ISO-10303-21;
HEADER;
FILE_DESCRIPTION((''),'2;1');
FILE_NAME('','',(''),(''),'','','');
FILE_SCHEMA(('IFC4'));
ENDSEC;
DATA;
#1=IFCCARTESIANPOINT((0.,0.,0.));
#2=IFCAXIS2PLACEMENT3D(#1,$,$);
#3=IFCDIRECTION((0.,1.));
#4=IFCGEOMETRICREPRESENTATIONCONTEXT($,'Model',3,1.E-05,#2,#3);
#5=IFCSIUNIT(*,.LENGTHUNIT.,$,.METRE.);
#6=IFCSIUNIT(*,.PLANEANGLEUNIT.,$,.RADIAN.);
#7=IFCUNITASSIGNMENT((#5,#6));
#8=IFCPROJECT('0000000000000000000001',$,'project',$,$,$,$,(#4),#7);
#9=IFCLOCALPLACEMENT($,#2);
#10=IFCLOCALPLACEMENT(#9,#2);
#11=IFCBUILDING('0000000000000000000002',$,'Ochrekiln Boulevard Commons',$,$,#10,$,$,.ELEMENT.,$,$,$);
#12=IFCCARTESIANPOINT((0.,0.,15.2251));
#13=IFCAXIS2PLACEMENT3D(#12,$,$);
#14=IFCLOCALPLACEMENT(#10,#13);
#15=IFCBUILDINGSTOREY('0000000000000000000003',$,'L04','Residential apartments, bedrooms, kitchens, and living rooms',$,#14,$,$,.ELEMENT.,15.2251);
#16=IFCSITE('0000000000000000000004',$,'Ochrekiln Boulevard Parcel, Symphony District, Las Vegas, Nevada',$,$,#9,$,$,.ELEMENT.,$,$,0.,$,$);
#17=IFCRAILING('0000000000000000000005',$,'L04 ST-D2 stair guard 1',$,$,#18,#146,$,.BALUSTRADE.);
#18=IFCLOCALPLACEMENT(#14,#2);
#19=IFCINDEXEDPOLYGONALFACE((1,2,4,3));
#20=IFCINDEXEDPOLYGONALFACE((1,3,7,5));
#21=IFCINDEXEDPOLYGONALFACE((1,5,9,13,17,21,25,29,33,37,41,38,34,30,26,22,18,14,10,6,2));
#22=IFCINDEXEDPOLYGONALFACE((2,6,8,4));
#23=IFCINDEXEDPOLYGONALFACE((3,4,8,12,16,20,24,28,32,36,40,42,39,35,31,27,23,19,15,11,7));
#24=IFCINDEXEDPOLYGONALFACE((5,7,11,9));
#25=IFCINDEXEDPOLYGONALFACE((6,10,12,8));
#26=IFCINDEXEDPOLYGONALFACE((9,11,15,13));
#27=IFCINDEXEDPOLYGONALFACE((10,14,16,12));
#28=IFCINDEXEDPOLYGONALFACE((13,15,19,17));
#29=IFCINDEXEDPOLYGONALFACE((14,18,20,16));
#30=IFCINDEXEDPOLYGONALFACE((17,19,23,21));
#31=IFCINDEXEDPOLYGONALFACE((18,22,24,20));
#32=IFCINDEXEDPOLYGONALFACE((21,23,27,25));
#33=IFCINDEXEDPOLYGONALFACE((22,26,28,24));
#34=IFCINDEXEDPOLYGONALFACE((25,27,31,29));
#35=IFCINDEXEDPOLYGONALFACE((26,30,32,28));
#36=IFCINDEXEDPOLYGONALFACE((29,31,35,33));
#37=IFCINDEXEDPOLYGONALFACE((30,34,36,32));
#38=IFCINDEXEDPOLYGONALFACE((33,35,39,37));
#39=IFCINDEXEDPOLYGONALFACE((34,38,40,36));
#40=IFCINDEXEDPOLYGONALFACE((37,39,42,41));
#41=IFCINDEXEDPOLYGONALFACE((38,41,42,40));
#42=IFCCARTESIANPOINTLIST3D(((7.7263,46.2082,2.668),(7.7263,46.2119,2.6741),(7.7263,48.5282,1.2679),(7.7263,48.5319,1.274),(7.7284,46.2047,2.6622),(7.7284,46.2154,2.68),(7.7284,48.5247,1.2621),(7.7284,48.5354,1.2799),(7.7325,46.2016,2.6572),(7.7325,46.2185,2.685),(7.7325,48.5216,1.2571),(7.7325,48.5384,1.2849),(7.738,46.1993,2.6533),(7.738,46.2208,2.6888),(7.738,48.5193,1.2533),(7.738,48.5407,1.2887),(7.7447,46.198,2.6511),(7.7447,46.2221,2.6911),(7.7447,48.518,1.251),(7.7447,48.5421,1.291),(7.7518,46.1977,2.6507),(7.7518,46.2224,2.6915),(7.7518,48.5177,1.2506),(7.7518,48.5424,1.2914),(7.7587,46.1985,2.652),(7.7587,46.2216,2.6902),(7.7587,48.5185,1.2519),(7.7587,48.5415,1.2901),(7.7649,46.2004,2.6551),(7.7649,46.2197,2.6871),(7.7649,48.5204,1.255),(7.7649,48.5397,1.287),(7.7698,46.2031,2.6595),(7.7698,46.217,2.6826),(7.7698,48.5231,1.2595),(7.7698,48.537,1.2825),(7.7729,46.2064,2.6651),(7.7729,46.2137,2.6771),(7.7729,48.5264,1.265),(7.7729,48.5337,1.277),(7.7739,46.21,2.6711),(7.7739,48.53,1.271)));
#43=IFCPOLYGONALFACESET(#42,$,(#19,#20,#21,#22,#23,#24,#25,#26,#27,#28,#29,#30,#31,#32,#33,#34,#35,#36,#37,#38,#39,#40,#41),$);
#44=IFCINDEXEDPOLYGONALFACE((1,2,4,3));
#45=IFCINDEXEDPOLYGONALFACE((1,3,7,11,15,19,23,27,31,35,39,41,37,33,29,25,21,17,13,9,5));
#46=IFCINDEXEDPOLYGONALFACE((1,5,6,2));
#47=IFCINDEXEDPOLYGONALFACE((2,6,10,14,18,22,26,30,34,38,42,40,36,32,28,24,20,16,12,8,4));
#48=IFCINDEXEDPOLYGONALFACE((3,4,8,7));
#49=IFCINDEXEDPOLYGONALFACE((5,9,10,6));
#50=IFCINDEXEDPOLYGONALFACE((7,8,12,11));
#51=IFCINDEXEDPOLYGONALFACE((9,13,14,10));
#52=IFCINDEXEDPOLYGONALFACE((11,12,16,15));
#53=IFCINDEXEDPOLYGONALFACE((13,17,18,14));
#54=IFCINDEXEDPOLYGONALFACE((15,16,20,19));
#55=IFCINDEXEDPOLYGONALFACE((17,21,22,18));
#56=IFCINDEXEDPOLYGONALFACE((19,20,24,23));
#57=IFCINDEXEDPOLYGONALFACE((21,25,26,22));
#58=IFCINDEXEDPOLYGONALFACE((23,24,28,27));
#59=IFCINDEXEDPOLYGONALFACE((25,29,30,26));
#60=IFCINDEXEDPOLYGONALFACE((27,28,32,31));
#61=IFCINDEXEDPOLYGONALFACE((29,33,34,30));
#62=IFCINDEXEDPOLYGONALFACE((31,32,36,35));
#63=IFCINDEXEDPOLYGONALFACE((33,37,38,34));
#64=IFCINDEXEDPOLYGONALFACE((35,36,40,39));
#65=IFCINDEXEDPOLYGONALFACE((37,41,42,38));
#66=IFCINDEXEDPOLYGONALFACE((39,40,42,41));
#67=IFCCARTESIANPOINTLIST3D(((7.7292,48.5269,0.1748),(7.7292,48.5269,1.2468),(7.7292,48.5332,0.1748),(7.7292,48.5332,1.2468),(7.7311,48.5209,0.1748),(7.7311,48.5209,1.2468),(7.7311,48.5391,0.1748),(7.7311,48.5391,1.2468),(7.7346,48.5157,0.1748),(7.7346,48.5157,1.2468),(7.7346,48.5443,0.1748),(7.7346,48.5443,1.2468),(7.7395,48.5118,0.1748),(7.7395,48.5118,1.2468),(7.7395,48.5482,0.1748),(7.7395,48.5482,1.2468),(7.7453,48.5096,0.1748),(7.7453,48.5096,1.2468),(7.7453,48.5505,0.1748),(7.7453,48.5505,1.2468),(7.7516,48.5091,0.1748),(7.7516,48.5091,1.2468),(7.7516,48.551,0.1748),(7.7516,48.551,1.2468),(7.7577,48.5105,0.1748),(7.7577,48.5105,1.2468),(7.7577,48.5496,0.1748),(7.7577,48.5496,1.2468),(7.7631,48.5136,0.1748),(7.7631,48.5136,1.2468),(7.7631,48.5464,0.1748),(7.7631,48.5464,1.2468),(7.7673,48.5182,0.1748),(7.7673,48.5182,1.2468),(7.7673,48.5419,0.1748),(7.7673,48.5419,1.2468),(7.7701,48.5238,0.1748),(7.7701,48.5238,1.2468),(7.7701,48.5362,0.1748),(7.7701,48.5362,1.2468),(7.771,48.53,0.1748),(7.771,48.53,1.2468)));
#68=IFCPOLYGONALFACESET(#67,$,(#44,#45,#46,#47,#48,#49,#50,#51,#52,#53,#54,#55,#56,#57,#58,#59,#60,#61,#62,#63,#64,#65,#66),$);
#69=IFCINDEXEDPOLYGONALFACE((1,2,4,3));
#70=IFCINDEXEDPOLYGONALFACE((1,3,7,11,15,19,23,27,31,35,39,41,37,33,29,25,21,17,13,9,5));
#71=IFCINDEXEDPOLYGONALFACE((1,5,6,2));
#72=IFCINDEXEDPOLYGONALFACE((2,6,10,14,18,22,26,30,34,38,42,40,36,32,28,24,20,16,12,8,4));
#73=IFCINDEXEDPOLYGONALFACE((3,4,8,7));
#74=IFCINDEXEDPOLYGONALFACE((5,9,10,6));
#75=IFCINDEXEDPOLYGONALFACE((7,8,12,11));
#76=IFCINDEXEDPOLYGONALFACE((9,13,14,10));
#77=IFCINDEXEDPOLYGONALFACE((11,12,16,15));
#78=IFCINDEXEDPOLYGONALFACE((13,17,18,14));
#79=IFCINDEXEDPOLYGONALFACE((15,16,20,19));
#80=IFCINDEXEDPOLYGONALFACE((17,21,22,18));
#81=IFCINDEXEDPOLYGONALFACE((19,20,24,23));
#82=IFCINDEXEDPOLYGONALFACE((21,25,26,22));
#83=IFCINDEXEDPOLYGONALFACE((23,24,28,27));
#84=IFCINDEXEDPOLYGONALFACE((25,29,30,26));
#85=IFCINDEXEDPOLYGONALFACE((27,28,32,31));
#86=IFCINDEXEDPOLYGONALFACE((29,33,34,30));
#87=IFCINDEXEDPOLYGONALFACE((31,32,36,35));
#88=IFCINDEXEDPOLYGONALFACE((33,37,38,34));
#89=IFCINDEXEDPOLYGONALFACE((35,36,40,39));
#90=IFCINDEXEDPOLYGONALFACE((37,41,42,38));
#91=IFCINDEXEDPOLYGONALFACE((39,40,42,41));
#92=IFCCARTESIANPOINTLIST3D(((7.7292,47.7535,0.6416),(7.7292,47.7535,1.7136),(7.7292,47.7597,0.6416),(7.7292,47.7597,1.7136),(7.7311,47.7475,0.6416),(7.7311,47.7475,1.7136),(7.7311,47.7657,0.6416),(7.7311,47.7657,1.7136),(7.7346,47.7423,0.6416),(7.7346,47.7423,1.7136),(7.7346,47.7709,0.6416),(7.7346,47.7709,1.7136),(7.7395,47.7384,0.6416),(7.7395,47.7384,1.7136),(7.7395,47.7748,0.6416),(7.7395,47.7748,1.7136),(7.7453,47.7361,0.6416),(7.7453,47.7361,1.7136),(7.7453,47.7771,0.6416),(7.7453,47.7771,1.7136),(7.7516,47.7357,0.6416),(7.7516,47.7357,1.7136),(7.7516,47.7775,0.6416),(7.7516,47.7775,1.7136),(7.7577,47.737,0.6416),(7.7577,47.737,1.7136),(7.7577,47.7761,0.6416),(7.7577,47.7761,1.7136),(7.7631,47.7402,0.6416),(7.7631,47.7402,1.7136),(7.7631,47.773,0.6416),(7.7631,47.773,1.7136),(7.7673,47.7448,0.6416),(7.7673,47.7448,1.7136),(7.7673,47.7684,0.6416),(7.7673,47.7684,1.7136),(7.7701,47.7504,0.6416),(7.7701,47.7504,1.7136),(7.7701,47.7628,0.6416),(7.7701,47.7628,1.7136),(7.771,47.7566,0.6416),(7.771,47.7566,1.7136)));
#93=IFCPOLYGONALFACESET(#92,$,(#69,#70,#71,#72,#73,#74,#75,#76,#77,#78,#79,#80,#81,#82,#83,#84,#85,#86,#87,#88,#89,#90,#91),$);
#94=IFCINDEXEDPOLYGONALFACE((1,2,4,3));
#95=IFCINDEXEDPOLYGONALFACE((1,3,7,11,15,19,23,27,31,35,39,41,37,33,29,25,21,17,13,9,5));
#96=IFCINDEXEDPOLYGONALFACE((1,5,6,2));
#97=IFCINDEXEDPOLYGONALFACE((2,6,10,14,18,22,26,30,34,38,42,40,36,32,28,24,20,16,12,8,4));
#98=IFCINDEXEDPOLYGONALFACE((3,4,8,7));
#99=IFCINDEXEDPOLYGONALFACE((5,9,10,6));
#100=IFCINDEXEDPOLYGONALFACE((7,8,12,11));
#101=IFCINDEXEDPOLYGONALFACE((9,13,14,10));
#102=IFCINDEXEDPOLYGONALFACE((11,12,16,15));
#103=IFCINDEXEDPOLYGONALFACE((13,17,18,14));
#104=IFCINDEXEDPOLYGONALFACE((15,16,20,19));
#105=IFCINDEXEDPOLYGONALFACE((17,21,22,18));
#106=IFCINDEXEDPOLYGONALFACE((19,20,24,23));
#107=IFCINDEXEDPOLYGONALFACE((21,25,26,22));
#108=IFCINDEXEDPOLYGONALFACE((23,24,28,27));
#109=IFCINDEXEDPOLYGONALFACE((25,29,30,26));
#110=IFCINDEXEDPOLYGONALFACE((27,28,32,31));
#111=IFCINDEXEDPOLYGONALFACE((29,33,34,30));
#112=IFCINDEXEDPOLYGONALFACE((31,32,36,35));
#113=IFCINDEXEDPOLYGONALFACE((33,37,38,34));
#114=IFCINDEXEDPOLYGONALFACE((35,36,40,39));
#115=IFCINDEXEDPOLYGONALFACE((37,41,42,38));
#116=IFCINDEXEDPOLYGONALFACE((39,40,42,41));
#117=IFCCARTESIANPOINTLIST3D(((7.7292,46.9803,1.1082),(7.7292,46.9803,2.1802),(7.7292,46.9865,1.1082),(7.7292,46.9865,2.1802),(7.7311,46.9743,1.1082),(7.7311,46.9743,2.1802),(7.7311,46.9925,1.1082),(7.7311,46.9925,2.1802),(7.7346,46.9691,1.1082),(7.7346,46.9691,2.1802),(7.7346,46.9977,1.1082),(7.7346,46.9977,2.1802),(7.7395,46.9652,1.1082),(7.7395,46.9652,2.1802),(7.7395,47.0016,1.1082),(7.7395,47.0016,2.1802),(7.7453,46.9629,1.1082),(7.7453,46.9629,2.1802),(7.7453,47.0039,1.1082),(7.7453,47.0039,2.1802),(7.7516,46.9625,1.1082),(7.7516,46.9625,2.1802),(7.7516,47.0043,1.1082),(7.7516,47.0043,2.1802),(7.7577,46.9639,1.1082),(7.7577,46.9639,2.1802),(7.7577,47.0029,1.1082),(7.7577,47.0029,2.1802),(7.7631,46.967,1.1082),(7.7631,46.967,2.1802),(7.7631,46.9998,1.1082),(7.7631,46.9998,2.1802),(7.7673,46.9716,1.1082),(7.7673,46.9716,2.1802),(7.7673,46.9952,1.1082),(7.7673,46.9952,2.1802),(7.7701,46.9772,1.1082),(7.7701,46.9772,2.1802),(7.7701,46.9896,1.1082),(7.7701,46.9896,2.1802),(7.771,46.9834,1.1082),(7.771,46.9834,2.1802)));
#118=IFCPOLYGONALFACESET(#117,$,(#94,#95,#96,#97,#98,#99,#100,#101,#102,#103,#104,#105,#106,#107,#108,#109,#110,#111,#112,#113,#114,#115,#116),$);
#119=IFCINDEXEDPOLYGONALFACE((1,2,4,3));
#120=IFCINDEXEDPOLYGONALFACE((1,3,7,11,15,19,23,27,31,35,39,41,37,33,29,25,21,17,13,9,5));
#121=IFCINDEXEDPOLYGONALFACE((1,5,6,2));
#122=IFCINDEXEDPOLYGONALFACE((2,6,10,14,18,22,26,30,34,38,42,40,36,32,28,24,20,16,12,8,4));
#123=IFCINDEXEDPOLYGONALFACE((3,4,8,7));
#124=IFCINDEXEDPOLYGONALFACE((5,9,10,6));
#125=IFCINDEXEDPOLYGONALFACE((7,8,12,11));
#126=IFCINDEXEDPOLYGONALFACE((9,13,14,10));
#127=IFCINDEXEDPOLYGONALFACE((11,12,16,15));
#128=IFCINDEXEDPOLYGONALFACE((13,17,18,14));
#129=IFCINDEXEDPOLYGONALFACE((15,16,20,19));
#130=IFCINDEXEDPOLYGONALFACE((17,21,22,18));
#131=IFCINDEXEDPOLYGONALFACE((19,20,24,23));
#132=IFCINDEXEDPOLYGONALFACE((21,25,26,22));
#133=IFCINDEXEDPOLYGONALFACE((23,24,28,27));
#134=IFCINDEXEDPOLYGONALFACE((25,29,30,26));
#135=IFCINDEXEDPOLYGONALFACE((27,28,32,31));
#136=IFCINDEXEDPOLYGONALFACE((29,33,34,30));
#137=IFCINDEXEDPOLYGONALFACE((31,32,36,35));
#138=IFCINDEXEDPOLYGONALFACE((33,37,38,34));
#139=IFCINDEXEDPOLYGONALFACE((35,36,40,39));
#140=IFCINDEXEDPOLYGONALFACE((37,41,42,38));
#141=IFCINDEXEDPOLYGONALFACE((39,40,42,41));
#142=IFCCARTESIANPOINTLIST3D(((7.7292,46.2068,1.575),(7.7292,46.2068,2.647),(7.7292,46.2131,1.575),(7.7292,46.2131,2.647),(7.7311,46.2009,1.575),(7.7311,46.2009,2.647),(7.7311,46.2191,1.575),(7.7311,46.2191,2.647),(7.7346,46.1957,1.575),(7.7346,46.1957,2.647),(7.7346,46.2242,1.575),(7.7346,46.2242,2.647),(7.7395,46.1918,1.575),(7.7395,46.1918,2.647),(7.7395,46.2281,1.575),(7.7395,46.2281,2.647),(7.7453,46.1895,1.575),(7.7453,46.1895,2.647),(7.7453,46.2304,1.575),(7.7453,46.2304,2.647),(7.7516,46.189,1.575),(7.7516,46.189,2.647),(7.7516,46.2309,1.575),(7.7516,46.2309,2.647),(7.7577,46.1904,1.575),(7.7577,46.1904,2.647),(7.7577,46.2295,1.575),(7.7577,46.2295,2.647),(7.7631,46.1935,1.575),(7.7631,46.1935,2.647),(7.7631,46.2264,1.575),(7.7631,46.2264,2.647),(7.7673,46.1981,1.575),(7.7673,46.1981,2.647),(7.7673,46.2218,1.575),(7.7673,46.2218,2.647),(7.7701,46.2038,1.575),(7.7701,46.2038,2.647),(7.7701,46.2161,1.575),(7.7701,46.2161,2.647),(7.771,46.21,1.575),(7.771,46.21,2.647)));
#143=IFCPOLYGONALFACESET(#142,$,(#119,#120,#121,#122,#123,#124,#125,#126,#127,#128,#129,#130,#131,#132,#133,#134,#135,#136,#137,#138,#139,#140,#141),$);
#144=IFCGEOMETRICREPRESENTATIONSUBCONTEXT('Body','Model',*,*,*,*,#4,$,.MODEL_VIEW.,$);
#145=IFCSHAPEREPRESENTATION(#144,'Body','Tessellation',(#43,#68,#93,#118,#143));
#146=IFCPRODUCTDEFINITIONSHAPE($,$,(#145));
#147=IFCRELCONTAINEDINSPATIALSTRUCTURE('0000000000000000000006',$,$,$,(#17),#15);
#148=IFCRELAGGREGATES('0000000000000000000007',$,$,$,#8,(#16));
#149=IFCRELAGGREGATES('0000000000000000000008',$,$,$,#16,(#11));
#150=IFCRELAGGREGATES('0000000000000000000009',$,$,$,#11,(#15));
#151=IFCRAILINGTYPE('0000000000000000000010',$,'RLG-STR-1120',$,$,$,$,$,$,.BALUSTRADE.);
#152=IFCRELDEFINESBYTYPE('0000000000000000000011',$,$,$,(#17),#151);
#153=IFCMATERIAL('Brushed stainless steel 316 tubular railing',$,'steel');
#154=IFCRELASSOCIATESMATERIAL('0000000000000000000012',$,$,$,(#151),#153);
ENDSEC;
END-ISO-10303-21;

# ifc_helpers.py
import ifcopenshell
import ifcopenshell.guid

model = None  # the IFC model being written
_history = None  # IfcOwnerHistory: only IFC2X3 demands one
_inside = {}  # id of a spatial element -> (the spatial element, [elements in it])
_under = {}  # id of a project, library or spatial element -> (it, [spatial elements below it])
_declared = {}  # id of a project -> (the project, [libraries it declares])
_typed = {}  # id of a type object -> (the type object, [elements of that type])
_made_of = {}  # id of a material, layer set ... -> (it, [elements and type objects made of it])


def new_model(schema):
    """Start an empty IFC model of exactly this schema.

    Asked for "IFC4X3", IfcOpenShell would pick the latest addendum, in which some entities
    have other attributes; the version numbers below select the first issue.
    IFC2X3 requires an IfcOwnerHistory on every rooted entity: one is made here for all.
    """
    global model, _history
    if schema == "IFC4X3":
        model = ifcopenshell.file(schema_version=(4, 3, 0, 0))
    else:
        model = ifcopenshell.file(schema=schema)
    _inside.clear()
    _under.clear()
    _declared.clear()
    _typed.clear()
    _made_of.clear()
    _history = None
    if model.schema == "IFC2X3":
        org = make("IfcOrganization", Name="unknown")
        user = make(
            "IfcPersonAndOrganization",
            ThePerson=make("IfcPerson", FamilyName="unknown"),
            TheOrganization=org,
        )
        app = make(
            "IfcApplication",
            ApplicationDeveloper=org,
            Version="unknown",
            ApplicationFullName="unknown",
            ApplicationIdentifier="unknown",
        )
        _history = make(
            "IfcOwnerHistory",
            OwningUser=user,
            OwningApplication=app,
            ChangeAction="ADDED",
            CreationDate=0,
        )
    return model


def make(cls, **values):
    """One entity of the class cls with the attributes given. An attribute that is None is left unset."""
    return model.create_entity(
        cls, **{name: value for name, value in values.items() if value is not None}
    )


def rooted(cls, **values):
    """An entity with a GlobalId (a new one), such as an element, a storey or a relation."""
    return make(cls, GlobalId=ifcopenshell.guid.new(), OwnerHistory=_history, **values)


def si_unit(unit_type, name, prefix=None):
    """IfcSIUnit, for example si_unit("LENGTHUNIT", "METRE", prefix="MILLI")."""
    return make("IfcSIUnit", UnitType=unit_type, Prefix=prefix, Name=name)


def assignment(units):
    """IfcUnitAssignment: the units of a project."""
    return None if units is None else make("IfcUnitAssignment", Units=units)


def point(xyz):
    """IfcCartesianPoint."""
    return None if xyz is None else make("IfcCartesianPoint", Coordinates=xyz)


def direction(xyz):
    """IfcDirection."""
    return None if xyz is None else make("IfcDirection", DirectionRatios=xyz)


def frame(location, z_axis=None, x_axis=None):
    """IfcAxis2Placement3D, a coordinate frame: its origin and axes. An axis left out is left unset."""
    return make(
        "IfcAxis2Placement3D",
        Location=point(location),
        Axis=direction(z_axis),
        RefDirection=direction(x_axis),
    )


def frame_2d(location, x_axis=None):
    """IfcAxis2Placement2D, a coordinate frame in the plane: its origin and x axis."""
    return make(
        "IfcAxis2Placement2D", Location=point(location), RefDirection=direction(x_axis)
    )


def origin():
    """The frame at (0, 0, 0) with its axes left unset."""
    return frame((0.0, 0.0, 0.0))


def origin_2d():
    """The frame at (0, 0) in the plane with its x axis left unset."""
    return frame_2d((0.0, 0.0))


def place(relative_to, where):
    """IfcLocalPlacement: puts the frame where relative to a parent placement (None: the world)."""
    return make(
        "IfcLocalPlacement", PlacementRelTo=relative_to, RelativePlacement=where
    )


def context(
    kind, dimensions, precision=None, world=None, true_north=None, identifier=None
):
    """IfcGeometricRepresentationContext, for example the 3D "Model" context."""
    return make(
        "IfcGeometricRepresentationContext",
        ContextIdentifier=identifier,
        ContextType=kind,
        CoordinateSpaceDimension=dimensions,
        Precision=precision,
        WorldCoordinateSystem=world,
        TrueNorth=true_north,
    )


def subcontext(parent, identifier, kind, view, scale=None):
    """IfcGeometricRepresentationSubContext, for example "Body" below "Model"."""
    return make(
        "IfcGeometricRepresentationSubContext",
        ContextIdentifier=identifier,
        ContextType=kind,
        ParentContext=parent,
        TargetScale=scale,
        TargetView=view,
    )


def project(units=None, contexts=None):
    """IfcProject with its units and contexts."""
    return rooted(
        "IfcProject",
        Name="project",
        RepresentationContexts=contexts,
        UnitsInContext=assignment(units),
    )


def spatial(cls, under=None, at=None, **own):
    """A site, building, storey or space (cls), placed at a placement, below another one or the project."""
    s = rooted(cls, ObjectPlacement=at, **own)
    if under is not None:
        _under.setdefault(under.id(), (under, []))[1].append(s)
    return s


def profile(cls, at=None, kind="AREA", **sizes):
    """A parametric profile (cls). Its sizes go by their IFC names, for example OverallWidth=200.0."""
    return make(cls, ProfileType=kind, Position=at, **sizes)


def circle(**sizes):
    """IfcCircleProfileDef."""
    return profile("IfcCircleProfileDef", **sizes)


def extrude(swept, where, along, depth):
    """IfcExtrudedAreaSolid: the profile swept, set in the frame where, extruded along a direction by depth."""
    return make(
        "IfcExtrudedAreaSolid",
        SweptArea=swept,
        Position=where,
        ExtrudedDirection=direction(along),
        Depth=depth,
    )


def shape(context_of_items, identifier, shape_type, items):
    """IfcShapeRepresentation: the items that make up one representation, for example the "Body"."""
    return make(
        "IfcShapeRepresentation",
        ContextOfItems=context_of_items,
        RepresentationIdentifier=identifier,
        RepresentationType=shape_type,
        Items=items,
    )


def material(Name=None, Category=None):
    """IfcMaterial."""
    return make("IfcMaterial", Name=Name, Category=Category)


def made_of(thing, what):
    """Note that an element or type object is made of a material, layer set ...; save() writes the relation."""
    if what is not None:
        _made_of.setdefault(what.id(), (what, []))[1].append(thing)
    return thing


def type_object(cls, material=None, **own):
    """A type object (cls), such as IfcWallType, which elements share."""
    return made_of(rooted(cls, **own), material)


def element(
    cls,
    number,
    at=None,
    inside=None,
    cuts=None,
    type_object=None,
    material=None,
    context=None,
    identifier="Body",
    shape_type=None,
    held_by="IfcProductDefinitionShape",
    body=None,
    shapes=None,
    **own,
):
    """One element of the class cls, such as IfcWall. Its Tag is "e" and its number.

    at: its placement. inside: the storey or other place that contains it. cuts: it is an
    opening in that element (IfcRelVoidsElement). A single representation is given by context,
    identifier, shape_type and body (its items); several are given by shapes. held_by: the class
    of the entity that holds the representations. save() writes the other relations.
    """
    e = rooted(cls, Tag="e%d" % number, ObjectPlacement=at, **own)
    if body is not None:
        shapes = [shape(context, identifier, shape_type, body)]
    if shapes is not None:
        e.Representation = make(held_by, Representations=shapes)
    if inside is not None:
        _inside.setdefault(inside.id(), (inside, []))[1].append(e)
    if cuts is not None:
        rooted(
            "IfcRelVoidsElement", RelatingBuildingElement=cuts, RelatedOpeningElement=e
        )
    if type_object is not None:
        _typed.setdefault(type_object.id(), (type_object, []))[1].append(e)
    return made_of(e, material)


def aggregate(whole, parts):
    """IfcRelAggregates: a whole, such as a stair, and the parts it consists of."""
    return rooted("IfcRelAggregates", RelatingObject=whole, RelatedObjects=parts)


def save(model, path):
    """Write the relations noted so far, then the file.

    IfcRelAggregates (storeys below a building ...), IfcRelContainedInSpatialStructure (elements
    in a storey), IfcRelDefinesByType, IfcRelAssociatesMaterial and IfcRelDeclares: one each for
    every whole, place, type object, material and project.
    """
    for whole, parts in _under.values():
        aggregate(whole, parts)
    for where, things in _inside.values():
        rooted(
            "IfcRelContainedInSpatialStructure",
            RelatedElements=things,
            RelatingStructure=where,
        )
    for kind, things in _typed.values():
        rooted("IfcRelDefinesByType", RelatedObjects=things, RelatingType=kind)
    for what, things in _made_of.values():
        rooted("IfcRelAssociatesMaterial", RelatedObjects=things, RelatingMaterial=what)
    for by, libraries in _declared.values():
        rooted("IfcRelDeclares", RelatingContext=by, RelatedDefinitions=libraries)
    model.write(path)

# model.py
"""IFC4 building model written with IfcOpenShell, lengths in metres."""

from ifc_helpers import new_model, si_unit, direction, frame, origin, origin_2d, place, context, subcontext, project, spatial, circle, extrude, material, type_object, element, save


model = new_model("IFC4")

# Units and contexts
model_context = context("Model", 3, precision=1e-05, world=origin(), true_north=direction((0.0, 1.0)))
body_context = subcontext(model_context, "Body", "Model", "MODEL_VIEW")
ifc_project = project(units=[si_unit("LENGTHUNIT", "METRE"), si_unit("PLANEANGLEUNIT", "RADIAN")], contexts=[model_context])

# Site, building, storey
site_placement = place(None, origin())
site = spatial("IfcSite", under=ifc_project, at=site_placement, Name="Ochrekiln Boulevard Parcel, Symphony District, Las Vegas, Nevada", CompositionType="ELEMENT", RefElevation=0.0)
building_placement = place(site_placement, origin())
building = spatial("IfcBuilding", under=site, at=building_placement, Name="Ochrekiln Boulevard Commons", CompositionType="ELEMENT")
storey_placement = place(building_placement, frame((0.0, 0.0, 15.2251)))
storey = spatial("IfcBuildingStorey", under=building, at=storey_placement, Name="L04", Description="Residential apartments, bedrooms, kitchens, and living rooms", CompositionType="ELEMENT", Elevation=15.2251)

# Railing
ifc_material_1 = material(Name="Brushed stainless steel 316 tubular railing", Category="steel")
railing_type_1 = type_object("IfcRailingType", Name="RLG-STR-1120", PredefinedType="BALUSTRADE", material=ifc_material_1)
railing_1_placement = place(storey_placement, frame((7.75, 48.53, 0.1748)))
element("IfcRailing", 1, at=railing_1_placement, inside=storey, type_object=railing_type_1, Name="L04 ST-D2 stair guard 1", PredefinedType="BALUSTRADE", context=body_context, shape_type="SweptSolid", body=[
    extrude(circle(Radius=0.0239, at=origin_2d()), frame((0.0, 0.0, 1.0962), z_axis=(0.0, -0.85617, 0.516693), x_axis=(1.0, 0.0, 0.0)), (0.0, 0.0, 1.0), 2.7097),
    extrude(circle(Radius=0.021, at=origin_2d()), origin(), (0.0, 0.0, 1.0), 1.072),
    extrude(circle(Radius=0.021, at=origin_2d()), frame((0.0, -0.7734, 0.4668)), (0.0, 0.0, 1.0), 1.072),
    extrude(circle(Radius=0.021, at=origin_2d()), frame((0.0, -1.5466, 0.9333)), (0.0, 0.0, 1.0), 1.072),
    extrude(circle(Radius=0.021, at=origin_2d()), frame((0.0, -2.3201, 1.4001)), (0.0, 0.0, 1.0), 1.072),
])

save(model, "model.ifc")
